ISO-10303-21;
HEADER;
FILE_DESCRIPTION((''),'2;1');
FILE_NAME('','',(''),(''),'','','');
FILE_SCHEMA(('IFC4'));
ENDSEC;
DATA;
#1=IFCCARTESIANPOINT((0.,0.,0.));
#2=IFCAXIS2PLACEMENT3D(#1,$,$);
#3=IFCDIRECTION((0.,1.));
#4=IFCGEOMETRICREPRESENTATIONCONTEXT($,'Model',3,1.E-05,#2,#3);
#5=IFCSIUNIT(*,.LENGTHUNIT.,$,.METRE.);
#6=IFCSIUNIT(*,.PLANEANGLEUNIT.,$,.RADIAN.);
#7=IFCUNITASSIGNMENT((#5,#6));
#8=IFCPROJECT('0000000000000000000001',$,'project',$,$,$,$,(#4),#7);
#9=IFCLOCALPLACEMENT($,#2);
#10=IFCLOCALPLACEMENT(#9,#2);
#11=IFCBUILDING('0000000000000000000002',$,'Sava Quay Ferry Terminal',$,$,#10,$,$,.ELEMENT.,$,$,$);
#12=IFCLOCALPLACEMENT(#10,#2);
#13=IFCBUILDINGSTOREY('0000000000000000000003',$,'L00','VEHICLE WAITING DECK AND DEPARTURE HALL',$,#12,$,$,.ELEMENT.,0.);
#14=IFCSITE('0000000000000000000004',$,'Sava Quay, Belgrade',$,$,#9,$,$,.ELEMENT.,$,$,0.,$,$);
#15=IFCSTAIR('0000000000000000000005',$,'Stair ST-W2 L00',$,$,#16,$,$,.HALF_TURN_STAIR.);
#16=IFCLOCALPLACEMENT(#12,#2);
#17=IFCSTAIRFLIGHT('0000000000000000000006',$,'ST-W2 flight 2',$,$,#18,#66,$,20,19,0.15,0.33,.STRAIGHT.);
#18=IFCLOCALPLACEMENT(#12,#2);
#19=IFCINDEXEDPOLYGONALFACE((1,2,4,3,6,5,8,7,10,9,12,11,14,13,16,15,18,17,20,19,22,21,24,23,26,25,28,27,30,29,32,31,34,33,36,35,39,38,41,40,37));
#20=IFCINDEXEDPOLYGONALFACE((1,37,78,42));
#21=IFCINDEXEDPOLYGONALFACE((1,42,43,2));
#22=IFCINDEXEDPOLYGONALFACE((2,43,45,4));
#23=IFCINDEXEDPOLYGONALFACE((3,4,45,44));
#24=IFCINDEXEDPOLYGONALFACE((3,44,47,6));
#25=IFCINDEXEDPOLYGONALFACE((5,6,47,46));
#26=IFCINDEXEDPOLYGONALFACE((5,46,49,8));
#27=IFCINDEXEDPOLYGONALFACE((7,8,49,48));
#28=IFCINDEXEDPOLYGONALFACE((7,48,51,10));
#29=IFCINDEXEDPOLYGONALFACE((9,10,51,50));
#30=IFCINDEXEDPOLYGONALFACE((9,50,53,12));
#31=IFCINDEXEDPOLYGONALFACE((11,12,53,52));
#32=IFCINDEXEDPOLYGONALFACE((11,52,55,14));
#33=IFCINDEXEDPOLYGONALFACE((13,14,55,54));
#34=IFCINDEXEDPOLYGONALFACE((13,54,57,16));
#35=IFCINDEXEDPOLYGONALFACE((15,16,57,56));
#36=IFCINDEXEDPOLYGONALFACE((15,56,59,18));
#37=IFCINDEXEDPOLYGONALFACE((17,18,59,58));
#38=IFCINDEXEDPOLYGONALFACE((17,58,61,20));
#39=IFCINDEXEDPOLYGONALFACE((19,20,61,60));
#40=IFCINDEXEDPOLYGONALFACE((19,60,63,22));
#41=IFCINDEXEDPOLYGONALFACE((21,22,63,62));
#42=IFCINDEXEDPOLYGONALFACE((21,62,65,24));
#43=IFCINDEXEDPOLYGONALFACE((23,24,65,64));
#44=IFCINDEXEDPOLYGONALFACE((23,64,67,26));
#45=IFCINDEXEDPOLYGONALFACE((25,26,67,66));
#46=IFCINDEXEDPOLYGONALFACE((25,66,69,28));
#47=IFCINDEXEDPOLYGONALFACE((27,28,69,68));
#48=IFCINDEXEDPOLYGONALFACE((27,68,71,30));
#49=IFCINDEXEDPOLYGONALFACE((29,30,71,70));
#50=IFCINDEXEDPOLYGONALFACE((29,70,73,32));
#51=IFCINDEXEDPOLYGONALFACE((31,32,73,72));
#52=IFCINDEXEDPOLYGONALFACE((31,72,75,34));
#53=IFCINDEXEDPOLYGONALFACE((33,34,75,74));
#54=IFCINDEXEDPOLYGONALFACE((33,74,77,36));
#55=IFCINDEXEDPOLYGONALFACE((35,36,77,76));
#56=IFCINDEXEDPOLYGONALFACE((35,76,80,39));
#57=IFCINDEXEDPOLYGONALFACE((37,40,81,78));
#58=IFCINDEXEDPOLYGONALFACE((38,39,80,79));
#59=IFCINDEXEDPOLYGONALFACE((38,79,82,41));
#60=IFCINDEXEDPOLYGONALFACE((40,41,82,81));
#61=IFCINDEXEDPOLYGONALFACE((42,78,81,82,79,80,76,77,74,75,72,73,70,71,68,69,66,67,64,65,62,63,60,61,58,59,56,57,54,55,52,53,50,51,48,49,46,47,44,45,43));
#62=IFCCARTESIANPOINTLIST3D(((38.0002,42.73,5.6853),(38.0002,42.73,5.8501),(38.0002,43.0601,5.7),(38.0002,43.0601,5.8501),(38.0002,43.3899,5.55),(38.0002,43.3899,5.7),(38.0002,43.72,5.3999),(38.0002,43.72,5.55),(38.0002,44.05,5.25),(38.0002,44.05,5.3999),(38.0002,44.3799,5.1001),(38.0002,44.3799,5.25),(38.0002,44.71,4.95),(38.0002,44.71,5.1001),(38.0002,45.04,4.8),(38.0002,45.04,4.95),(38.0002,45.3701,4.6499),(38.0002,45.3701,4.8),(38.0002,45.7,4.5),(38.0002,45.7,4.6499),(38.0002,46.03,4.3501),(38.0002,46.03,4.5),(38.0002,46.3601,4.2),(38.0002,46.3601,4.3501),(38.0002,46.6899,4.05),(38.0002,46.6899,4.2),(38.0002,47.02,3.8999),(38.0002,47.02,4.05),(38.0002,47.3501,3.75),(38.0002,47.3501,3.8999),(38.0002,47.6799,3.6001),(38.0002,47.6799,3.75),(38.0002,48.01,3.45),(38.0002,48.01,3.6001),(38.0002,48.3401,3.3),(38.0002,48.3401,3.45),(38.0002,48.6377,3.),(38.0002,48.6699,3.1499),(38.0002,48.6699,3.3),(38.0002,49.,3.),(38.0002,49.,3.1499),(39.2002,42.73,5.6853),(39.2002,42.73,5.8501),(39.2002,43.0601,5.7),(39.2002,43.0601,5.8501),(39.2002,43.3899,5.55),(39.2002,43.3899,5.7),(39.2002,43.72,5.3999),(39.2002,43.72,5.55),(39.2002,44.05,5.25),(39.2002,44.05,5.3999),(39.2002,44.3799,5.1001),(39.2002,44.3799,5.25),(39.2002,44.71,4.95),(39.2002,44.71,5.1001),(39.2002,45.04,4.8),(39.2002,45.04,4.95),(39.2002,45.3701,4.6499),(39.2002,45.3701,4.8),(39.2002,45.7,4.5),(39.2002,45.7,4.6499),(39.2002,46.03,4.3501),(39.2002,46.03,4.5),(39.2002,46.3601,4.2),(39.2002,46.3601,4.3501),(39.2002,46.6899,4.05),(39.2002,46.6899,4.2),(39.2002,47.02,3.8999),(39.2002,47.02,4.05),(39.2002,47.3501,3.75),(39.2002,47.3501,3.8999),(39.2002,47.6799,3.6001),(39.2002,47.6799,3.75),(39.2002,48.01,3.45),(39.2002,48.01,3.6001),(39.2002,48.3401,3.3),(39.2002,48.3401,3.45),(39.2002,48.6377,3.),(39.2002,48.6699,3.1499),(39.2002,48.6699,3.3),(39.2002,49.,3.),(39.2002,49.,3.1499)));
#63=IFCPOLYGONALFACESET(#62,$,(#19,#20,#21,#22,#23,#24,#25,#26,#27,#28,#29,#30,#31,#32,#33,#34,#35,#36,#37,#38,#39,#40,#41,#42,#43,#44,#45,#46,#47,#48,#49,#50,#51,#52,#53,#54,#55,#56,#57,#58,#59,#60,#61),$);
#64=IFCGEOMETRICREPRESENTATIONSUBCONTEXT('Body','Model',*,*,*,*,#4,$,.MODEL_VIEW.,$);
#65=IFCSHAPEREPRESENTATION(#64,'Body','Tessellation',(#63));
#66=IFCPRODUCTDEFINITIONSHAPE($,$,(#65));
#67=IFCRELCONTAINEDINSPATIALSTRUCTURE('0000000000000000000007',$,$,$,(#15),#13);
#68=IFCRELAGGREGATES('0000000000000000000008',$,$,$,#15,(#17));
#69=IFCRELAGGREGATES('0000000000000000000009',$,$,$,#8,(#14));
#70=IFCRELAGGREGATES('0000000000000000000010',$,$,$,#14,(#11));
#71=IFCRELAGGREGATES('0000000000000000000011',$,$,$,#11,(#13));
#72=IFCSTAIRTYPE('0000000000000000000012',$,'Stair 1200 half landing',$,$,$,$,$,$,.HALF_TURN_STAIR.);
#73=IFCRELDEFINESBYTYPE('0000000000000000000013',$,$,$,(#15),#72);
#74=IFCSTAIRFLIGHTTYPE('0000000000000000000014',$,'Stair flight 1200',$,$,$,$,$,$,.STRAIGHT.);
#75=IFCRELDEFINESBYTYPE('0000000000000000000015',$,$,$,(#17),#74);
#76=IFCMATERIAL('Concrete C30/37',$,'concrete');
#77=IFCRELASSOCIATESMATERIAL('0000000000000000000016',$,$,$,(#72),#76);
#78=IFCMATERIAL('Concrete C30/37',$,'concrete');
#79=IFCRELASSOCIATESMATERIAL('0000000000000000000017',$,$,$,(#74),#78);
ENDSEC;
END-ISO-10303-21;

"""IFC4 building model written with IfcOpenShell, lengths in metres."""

from ifc_helpers import new_model, si_unit, direction, frame, origin, place, context, subcontext, project, spatial, polyline, outline, extrude, material, type_object, element, aggregate, save


model = new_model("IFC4")

# Units and contexts
model_context = context("Model", 3, precision=1e-05, world=origin(), true_north=direction((0.0, 1.0)))
body_context = subcontext(model_context, "Body", "Model", "MODEL_VIEW")
ifc_project = project(units=[si_unit("LENGTHUNIT", "METRE"), si_unit("PLANEANGLEUNIT", "RADIAN")], contexts=[model_context])

# Site, building, storey
site_placement = place(None, origin())
site = spatial("IfcSite", under=ifc_project, at=site_placement, Name="Sava Quay, Belgrade", CompositionType="ELEMENT", RefElevation=0.0)
building_placement = place(site_placement, origin())
building = spatial("IfcBuilding", under=site, at=building_placement, Name="Sava Quay Ferry Terminal", CompositionType="ELEMENT")
storey_placement = place(building_placement, origin())
storey = spatial("IfcBuildingStorey", under=building, at=storey_placement, Name="L00", Description="VEHICLE WAITING DECK AND DEPARTURE HALL", CompositionType="ELEMENT", Elevation=0.0)

# Stair, stair flight
ifc_material_1 = material(Name="Concrete C30/37", Category="concrete")
stair_type = type_object("IfcStairType", Name="Stair 1200 half landing", PredefinedType="HALF_TURN_STAIR", material=ifc_material_1)
stair_placement = place(storey_placement, origin())
stair = element("IfcStair", 1, at=stair_placement, inside=storey, type_object=stair_type, Name="Stair ST-W2 L00", PredefinedType="HALF_TURN_STAIR")
ifc_material_2 = material(Name="Concrete C30/37", Category="concrete")
stair_flight_type = type_object("IfcStairFlightType", Name="Stair flight 1200", PredefinedType="STRAIGHT", material=ifc_material_2)
stair_flight_placement = place(storey_placement, frame((38.6001, 49.0, 3.0), z_axis=(0.0, 0.0, 1.0), x_axis=(0.0, -1.0, 0.0)))
stair_flight = element("IfcStairFlight", 2, at=stair_flight_placement, type_object=stair_flight_type, Name="ST-W2 flight 2", NumberOfRisers=20, NumberOfTreads=19, PredefinedType="STRAIGHT", RiserHeight=0.15, TreadLength=0.33, context=body_context, shape_type="SweptSolid", body=[
    extrude(outline(polyline([(0.0, 0.0), (0.0, 0.1499), (0.3301, 0.1499), (0.3301, 0.3), (0.6599, 0.3), (0.6599, 0.45), (0.99, 0.45), (0.99, 0.6001), (1.3201, 0.6001), (1.3201, 0.75), (1.6499, 0.75), (1.6499, 0.8999), (1.98, 0.8999), (1.98, 1.05), (2.3101, 1.05), (2.3101, 1.2), (2.6399, 1.2), (2.6399, 1.3501), (2.97, 1.3501), (2.97, 1.5), (3.3, 1.5), (3.3, 1.6499), (3.6299, 1.6499), (3.6299, 1.8), (3.96, 1.8), (3.96, 1.95), (4.29, 1.95), (4.29, 2.1001), (4.6201, 2.1001), (4.6201, 2.25), (4.95, 2.25), (4.95, 2.3999), (5.28, 2.3999), (5.28, 2.55), (5.6101, 2.55), (5.6101, 2.7), (5.9399, 2.7), (5.9399, 2.8501), (6.27, 2.8501), (6.27, 3.0), (6.27, 2.6853), (0.3623, 0.0), (0.0, 0.0)])), frame((0.0, 0.6001, 0.0), z_axis=(0.0, -1.0, 0.0), x_axis=(1.0, 0.0, 0.0)), (0.0, 0.0, 1.0), 1.2),
])
aggregate(stair, [stair_flight])

save(model, "model.ifc")
